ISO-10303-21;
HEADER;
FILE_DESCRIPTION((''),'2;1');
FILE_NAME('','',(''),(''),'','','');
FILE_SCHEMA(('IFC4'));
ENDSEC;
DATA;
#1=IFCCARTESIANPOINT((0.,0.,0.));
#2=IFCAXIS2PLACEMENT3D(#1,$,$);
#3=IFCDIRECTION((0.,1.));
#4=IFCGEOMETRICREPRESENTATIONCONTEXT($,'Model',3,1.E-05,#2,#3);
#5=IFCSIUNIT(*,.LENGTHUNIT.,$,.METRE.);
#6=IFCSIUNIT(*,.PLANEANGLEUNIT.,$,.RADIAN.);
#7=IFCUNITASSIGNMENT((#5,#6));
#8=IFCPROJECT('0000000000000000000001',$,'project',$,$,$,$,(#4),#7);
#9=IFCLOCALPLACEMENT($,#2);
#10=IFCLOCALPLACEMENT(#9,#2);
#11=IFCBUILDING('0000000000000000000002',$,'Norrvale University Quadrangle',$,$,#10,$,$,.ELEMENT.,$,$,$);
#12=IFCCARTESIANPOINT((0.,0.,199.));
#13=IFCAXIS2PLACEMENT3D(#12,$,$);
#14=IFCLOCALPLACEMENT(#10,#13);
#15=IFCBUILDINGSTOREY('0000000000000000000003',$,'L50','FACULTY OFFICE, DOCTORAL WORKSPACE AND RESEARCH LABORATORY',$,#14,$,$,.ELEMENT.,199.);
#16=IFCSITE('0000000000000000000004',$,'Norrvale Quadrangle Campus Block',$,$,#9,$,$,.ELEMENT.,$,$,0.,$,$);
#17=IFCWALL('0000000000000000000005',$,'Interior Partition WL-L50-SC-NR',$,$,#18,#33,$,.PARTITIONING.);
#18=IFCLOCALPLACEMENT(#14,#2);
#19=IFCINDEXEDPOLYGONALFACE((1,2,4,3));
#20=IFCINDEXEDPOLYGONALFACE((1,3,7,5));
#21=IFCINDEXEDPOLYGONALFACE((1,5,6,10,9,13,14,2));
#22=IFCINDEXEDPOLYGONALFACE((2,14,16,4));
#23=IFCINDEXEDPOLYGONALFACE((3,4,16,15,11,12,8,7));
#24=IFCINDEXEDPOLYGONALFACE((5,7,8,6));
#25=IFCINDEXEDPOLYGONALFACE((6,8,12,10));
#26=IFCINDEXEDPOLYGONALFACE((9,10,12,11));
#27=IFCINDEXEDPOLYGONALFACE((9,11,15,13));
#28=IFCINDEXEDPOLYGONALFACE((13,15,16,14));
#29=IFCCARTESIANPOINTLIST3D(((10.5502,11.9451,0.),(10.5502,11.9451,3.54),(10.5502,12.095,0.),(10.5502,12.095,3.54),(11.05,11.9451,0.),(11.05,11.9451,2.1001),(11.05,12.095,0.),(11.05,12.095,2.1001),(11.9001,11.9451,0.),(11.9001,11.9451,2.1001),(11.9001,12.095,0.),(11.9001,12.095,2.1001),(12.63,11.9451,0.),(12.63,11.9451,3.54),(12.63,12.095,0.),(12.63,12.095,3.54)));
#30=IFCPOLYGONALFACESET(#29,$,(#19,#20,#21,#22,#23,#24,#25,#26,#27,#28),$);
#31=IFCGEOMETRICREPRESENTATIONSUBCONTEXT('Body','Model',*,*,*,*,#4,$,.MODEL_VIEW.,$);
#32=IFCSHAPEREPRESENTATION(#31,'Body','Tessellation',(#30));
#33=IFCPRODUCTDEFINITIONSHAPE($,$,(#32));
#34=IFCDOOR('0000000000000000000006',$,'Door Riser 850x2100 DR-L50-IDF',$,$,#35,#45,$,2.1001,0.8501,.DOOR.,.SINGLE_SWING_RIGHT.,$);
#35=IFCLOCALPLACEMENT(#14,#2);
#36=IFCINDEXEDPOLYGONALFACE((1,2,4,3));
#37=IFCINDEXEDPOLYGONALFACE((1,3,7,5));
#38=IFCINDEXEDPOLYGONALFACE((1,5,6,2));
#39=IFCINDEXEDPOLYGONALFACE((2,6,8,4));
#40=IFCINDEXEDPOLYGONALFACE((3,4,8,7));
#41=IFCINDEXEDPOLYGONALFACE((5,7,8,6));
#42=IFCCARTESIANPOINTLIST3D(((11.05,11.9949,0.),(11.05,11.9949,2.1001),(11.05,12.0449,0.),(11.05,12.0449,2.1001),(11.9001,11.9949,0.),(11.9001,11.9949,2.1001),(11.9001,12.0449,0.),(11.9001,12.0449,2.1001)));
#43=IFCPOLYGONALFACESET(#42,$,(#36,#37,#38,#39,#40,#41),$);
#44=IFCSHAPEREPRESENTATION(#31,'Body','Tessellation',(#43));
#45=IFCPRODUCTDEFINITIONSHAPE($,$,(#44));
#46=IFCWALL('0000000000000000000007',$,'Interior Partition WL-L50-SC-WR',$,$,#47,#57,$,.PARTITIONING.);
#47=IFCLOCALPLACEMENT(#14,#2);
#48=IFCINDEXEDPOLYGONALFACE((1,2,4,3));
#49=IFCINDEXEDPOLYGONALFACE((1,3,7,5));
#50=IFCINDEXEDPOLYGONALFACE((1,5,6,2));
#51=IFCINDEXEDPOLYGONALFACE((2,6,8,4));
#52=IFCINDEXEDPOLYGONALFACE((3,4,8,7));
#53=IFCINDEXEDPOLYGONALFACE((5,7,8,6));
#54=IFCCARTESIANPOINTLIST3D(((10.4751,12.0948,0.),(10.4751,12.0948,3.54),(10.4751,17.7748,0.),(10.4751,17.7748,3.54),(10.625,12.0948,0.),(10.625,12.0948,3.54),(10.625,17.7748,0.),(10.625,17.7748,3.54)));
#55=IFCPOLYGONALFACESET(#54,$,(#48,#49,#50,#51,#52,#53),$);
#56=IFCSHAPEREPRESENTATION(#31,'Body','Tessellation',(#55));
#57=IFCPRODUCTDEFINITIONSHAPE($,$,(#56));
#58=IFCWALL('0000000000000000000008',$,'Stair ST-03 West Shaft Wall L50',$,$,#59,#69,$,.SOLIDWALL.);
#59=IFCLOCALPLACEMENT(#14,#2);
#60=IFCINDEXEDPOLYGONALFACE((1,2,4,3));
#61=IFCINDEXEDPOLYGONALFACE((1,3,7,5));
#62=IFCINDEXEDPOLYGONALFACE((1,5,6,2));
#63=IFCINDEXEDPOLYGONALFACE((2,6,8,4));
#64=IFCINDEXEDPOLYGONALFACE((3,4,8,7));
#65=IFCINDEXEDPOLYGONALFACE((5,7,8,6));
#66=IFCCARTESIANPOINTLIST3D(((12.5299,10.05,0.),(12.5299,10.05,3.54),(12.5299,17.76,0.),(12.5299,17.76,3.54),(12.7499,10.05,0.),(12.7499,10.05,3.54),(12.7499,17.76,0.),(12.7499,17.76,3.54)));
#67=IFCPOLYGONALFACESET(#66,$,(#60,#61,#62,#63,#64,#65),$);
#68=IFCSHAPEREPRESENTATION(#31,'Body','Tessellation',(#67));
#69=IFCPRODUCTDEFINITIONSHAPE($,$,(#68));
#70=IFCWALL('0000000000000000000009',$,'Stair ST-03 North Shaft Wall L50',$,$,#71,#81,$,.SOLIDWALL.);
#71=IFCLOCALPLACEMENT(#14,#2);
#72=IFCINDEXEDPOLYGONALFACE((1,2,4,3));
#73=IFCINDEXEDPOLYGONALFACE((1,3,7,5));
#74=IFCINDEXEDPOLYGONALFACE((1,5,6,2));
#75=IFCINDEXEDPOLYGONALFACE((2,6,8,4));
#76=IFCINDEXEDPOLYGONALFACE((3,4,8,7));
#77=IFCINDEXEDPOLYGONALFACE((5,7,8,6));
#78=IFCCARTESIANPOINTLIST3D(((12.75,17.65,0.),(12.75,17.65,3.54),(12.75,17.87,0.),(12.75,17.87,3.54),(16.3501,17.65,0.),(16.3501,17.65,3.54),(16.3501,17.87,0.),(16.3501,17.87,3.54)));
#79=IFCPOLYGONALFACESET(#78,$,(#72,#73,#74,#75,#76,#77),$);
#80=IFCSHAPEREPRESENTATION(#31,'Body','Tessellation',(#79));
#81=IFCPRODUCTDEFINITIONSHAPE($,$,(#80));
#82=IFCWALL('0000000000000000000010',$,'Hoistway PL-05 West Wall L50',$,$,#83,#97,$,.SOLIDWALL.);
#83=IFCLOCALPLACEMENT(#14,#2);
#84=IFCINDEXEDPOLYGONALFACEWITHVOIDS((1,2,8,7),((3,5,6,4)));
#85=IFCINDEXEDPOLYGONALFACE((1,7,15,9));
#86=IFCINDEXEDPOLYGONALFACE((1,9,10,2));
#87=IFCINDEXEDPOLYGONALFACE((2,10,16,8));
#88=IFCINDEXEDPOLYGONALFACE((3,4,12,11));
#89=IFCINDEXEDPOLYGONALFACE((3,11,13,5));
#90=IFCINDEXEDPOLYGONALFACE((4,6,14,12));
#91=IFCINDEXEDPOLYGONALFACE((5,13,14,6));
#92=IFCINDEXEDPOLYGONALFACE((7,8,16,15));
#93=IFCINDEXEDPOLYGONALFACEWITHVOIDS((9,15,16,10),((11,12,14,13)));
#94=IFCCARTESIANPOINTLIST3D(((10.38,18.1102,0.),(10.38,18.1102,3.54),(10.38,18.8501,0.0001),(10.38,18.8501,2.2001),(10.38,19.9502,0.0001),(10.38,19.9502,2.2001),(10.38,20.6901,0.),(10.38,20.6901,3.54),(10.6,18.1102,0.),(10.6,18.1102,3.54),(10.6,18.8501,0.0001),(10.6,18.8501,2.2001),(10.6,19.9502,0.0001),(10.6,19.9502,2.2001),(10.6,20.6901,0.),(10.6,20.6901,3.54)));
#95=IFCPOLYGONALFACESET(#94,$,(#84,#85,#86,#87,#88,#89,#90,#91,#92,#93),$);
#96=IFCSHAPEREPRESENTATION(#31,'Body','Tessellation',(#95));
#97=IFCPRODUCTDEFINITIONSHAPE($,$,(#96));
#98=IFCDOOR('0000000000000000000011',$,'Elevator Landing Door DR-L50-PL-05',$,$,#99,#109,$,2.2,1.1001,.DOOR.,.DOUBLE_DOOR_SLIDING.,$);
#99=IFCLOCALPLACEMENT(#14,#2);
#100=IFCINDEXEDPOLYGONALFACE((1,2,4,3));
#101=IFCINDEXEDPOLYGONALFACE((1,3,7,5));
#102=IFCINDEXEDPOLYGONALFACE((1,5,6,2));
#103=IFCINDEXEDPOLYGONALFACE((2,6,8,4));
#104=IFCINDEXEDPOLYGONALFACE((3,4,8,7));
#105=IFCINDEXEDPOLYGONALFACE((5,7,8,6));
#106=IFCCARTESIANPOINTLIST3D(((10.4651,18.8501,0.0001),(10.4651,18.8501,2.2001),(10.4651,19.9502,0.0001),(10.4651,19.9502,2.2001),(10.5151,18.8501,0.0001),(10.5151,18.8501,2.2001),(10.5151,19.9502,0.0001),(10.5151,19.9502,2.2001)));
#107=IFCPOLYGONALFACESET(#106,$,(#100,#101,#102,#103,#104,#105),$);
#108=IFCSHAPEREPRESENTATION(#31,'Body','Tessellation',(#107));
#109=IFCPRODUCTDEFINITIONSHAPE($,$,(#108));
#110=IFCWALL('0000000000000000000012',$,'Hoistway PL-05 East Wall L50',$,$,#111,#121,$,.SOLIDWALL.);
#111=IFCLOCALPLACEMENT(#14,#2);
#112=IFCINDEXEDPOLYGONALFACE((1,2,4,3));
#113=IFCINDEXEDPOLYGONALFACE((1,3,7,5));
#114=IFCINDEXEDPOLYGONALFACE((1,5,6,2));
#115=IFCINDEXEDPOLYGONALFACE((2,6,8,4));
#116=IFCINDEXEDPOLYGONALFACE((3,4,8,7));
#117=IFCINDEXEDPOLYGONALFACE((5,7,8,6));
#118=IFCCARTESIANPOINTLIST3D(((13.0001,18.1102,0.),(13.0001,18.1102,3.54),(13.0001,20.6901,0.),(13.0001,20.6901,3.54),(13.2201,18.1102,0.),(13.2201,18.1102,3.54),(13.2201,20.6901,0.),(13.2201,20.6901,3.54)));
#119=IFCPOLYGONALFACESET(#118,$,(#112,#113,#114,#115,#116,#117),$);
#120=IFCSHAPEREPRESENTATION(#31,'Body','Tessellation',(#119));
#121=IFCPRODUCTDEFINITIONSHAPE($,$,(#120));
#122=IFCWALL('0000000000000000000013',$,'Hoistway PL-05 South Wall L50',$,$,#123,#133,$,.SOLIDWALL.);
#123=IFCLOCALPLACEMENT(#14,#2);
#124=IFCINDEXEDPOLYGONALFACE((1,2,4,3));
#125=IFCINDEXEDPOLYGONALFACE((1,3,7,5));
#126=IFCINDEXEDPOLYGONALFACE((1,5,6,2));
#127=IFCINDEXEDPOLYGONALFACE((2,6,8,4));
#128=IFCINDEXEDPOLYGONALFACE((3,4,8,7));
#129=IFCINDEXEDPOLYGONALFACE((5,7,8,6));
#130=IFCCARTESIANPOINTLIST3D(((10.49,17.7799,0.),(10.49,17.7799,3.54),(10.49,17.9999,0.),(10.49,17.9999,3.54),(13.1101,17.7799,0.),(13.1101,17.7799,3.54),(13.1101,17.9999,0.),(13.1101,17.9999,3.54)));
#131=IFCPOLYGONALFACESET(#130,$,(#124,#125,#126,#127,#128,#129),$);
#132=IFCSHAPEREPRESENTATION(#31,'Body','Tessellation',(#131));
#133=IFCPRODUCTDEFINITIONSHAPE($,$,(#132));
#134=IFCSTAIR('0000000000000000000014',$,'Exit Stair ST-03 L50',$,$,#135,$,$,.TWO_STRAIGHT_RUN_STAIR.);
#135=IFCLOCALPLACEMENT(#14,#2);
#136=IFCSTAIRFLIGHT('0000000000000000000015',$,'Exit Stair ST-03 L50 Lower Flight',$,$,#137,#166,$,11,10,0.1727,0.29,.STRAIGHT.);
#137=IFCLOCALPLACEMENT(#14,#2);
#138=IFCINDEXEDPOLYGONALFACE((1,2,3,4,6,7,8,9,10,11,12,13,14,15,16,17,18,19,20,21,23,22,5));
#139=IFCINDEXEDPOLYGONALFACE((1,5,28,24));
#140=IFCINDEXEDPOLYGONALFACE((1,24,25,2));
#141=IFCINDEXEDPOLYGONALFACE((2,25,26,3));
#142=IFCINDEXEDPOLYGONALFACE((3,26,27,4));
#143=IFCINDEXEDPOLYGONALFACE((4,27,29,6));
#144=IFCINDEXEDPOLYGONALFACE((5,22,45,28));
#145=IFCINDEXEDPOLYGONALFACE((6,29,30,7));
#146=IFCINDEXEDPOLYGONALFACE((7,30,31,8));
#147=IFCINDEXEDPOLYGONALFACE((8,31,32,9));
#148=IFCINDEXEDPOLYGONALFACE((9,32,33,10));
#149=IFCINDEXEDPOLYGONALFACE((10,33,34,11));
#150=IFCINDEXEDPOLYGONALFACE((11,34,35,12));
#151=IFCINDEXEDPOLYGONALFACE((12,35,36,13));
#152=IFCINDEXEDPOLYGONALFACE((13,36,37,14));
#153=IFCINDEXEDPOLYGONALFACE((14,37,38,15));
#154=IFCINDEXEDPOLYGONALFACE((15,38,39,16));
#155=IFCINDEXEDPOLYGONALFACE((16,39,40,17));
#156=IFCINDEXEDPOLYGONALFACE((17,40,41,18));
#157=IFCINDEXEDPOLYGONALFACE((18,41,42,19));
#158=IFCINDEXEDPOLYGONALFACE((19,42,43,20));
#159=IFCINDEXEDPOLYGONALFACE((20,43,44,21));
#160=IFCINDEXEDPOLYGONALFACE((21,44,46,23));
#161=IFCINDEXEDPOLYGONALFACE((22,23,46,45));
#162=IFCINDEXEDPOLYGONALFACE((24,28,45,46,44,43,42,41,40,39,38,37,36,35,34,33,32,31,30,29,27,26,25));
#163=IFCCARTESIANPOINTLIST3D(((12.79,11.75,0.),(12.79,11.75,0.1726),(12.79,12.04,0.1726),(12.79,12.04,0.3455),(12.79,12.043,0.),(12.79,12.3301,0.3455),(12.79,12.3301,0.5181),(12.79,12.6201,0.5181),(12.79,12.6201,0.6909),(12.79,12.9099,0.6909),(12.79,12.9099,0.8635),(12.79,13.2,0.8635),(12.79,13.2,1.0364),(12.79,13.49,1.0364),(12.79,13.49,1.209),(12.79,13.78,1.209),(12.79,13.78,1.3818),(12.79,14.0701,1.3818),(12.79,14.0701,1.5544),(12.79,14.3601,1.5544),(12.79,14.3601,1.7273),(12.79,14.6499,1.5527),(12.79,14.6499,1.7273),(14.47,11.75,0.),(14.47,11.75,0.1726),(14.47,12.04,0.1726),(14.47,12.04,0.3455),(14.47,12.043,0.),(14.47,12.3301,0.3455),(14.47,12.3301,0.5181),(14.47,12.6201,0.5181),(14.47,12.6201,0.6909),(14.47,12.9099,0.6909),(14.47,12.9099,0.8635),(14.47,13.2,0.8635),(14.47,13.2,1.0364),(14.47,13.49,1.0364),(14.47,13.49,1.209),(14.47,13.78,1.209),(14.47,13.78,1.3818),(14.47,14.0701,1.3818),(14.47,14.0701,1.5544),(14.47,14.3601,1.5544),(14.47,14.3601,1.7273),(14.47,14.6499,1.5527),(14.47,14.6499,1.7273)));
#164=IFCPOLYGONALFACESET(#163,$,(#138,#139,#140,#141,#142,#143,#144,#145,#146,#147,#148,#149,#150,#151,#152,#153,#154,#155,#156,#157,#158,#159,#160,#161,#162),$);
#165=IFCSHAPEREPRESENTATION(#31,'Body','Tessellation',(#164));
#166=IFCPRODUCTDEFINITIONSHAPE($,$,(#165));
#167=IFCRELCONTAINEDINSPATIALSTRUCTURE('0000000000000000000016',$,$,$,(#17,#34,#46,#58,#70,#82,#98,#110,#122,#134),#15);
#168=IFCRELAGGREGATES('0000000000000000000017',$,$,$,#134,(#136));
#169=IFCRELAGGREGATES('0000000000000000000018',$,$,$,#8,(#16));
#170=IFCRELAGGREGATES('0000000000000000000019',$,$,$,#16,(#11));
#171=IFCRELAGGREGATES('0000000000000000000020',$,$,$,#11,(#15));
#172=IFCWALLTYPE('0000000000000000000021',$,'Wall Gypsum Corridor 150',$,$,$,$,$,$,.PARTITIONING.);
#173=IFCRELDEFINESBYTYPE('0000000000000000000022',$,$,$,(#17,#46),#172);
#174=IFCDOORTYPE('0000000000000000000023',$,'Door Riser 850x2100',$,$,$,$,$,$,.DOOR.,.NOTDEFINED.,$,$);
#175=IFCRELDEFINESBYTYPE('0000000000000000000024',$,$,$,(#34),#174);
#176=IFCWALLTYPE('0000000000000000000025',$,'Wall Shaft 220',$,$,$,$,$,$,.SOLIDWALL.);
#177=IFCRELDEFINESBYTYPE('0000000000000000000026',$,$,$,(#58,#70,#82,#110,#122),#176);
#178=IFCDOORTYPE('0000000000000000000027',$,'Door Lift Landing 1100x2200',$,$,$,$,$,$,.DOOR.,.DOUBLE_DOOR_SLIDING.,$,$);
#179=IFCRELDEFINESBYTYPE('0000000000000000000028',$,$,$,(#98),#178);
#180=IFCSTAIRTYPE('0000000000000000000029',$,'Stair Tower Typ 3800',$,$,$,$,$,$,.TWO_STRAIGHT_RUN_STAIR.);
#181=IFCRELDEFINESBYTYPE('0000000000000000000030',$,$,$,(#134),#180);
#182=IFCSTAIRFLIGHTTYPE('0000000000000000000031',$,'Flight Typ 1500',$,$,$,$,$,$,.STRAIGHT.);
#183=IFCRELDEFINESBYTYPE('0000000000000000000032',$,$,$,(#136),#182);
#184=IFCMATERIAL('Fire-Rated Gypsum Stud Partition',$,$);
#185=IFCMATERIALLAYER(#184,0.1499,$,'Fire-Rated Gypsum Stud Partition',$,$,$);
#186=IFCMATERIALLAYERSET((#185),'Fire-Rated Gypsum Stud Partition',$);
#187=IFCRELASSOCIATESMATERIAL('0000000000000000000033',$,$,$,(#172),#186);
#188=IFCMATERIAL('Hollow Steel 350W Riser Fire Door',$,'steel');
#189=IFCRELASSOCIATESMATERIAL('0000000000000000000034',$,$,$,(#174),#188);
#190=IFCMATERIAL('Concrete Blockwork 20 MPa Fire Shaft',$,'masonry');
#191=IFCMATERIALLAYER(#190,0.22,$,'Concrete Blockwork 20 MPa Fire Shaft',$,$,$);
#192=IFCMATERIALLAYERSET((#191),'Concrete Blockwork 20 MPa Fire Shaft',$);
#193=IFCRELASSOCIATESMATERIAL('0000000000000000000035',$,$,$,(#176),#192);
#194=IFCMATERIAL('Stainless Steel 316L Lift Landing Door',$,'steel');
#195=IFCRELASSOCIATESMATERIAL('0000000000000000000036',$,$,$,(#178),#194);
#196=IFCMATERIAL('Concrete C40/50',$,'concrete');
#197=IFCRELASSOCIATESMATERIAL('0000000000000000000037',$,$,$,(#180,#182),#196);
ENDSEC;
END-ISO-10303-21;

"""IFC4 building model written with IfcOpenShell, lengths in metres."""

from ifc_helpers import new_model, si_unit, direction, frame, frame_2d, origin, place, context, subcontext, project, spatial, polyline, rectangle, outline, extrude, material, layer, layer_set, type_object, element, fill, aggregate, save


model = new_model("IFC4")

# Units and contexts
model_context = context("Model", 3, precision=1e-05, world=origin(), true_north=direction((0.0, 1.0)))
body_context = subcontext(model_context, "Body", "Model", "MODEL_VIEW")
ifc_project = project(units=[si_unit("LENGTHUNIT", "METRE"), si_unit("PLANEANGLEUNIT", "RADIAN")], contexts=[model_context])

# Site, building, storey
site_placement = place(None, origin())
site = spatial("IfcSite", under=ifc_project, at=site_placement, Name="Norrvale Quadrangle Campus Block", CompositionType="ELEMENT", RefElevation=0.0)
building_placement = place(site_placement, origin())
building = spatial("IfcBuilding", under=site, at=building_placement, Name="Norrvale University Quadrangle", CompositionType="ELEMENT")
storey_placement = place(building_placement, frame((0.0, 0.0, 199.0)))
storey = spatial("IfcBuildingStorey", under=building, at=storey_placement, Name="L50", Description="FACULTY OFFICE, DOCTORAL WORKSPACE AND RESEARCH LABORATORY", CompositionType="ELEMENT", Elevation=199.0)

# Wall, opening, door
ifc_material_1 = material(Name="Fire-Rated Gypsum Stud Partition")
ifc_layer_1 = layer(ifc_material_1, 0.1499, Name="Fire-Rated Gypsum Stud Partition")
ifc_layer_set_1 = layer_set([ifc_layer_1], Name="Fire-Rated Gypsum Stud Partition")
wall_type_1 = type_object("IfcWallType", Name="Wall Gypsum Corridor 150", PredefinedType="PARTITIONING", material=ifc_layer_set_1)
wall_1_placement = place(storey_placement, frame((10.55, 12.02, 0.0), z_axis=(0.0, 0.0, 1.0), x_axis=(1.0, 0.0, 0.0)))
wall_1 = element("IfcWall", 1, at=wall_1_placement, inside=storey, type_object=wall_type_1, Name="Interior Partition WL-L50-SC-NR", PredefinedType="PARTITIONING", context=body_context, shape_type="SweptSolid", body=[
    extrude(rectangle(XDim=2.0798, YDim=0.1499, at=frame_2d((1.04, 0.0))), origin(), (0.0, 0.0, 1.0), 3.54),
])
opening_1_placement = place(wall_1_placement, frame((0.5, 0.0, 0.0)))
opening_1 = element("IfcOpeningElement", 2, at=opening_1_placement, cuts=wall_1, PredefinedType="OPENING", context=body_context, shape_type="SweptSolid", body=[
    extrude(rectangle(XDim=0.8501, YDim=2.1001, at=frame_2d((0.425, 1.05))), frame((0.0, 0.0869, 0.0), z_axis=(0.0, -1.0, 0.0), x_axis=(1.0, 0.0, 0.0)), (0.0, 0.0, 1.0), 0.1738),
])
ifc_material_2 = material(Name="Hollow Steel 350W Riser Fire Door", Category="steel")
door_type_1 = type_object("IfcDoorType", Name="Door Riser 850x2100", OperationType="NOTDEFINED", PredefinedType="DOOR", material=ifc_material_2)
door_1_placement = place(opening_1_placement, origin())
door_1 = element("IfcDoor", 3, at=door_1_placement, inside=storey, type_object=door_type_1, Name="Door Riser 850x2100 DR-L50-IDF", OperationType="SINGLE_SWING_RIGHT", OverallHeight=2.1001, OverallWidth=0.8501, PredefinedType="DOOR", context=body_context, shape_type="SweptSolid", body=[
    extrude(rectangle(XDim=0.8501, YDim=2.1001, at=frame_2d((0.425, 1.05))), frame((0.0, 0.0249, 0.0), z_axis=(0.0, -1.0, 0.0), x_axis=(1.0, 0.0, 0.0)), (0.0, 0.0, 1.0), 0.05),
])
fill(opening_1, door_1)

# Walls
wall_2_placement = place(storey_placement, frame((10.55, 12.095, 0.0), z_axis=(0.0, 0.0, 1.0), x_axis=(0.0, 1.0, 0.0)))
element("IfcWall", 4, at=wall_2_placement, inside=storey, type_object=wall_type_1, Name="Interior Partition WL-L50-SC-WR", PredefinedType="PARTITIONING", context=body_context, shape_type="SweptSolid", body=[
    extrude(rectangle(XDim=5.6799, YDim=0.1499, at=frame_2d((2.8398, 0.0))), origin(), (0.0, 0.0, 1.0), 3.54),
])
ifc_material_3 = material(Name="Concrete Blockwork 20 MPa Fire Shaft", Category="masonry")
ifc_layer_2 = layer(ifc_material_3, 0.22, Name="Concrete Blockwork 20 MPa Fire Shaft")
ifc_layer_set_2 = layer_set([ifc_layer_2], Name="Concrete Blockwork 20 MPa Fire Shaft")
wall_type_2 = type_object("IfcWallType", Name="Wall Shaft 220", PredefinedType="SOLIDWALL", material=ifc_layer_set_2)
wall_3_placement = place(storey_placement, frame((12.6399, 10.05, 0.0), z_axis=(0.0, 0.0, 1.0), x_axis=(0.0, 1.0, 0.0)))
element("IfcWall", 5, at=wall_3_placement, inside=storey, type_object=wall_type_2, Name="Stair ST-03 West Shaft Wall L50", PredefinedType="SOLIDWALL", context=body_context, shape_type="SweptSolid", body=[
    extrude(rectangle(XDim=7.71, YDim=0.22, at=frame_2d((3.855, 0.0))), origin(), (0.0, 0.0, 1.0), 3.54),
])
wall_4_placement = place(storey_placement, frame((12.75, 17.76, 0.0), z_axis=(0.0, 0.0, 1.0), x_axis=(1.0, 0.0, 0.0)))
element("IfcWall", 6, at=wall_4_placement, inside=storey, type_object=wall_type_2, Name="Stair ST-03 North Shaft Wall L50", PredefinedType="SOLIDWALL", context=body_context, shape_type="SweptSolid", body=[
    extrude(rectangle(XDim=3.6001, YDim=0.22, at=frame_2d((1.8, 0.0))), origin(), (0.0, 0.0, 1.0), 3.54),
])

# Wall, opening, door
wall_5_placement = place(storey_placement, frame((10.49, 18.1101, 0.0), z_axis=(0.0, 0.0, 1.0), x_axis=(0.0, 1.0, 0.0)))
wall_5 = element("IfcWall", 7, at=wall_5_placement, inside=storey, type_object=wall_type_2, Name="Hoistway PL-05 West Wall L50", PredefinedType="SOLIDWALL", context=body_context, shape_type="SweptSolid", body=[
    extrude(rectangle(XDim=2.5798, YDim=0.22, at=frame_2d((1.29, 0.0))), origin(), (0.0, 0.0, 1.0), 3.54),
])
opening_2_placement = place(wall_5_placement, frame((0.74, 0.0, 0.0)))
opening_2 = element("IfcOpeningElement", 8, at=opening_2_placement, cuts=wall_5, PredefinedType="OPENING", context=body_context, shape_type="SweptSolid", body=[
    extrude(rectangle(XDim=1.1001, YDim=2.2, at=frame_2d((0.55, 1.1001))), frame((0.0, 0.1221, 0.0), z_axis=(0.0, -1.0, 0.0), x_axis=(1.0, 0.0, 0.0)), (0.0, 0.0, 1.0), 0.2439),
])
ifc_material_4 = material(Name="Stainless Steel 316L Lift Landing Door", Category="steel")
door_type_2 = type_object("IfcDoorType", Name="Door Lift Landing 1100x2200", OperationType="DOUBLE_DOOR_SLIDING", PredefinedType="DOOR", material=ifc_material_4)
door_2_placement = place(opening_2_placement, origin())
door_2 = element("IfcDoor", 9, at=door_2_placement, inside=storey, type_object=door_type_2, Name="Elevator Landing Door DR-L50-PL-05", OperationType="DOUBLE_DOOR_SLIDING", OverallHeight=2.2, OverallWidth=1.1001, PredefinedType="DOOR", context=body_context, shape_type="SweptSolid", body=[
    extrude(rectangle(XDim=1.1001, YDim=2.2, at=frame_2d((0.55, 1.1001))), frame((0.0, 0.0249, 0.0), z_axis=(0.0, -1.0, 0.0), x_axis=(1.0, 0.0, 0.0)), (0.0, 0.0, 1.0), 0.05),
])
fill(opening_2, door_2)

# Walls
wall_6_placement = place(storey_placement, frame((13.1101, 18.1101, 0.0), z_axis=(0.0, 0.0, 1.0), x_axis=(0.0, 1.0, 0.0)))
element("IfcWall", 10, at=wall_6_placement, inside=storey, type_object=wall_type_2, Name="Hoistway PL-05 East Wall L50", PredefinedType="SOLIDWALL", context=body_context, shape_type="SweptSolid", body=[
    extrude(rectangle(XDim=2.5798, YDim=0.22, at=frame_2d((1.29, 0.0))), origin(), (0.0, 0.0, 1.0), 3.54),
])
wall_7_placement = place(storey_placement, frame((10.49, 17.8899, 0.0), z_axis=(0.0, 0.0, 1.0), x_axis=(1.0, 0.0, 0.0)))
element("IfcWall", 11, at=wall_7_placement, inside=storey, type_object=wall_type_2, Name="Hoistway PL-05 South Wall L50", PredefinedType="SOLIDWALL", context=body_context, shape_type="SweptSolid", body=[
    extrude(rectangle(XDim=2.6201, YDim=0.22, at=frame_2d((1.3101, 0.0))), origin(), (0.0, 0.0, 1.0), 3.54),
])

# Stair, stair flight
ifc_material_5 = material(Name="Concrete C40/50", Category="concrete")
stair_type = type_object("IfcStairType", Name="Stair Tower Typ 3800", PredefinedType="TWO_STRAIGHT_RUN_STAIR", material=ifc_material_5)
stair_placement = place(storey_placement, origin())
stair = element("IfcStair", 12, at=stair_placement, inside=storey, type_object=stair_type, Name="Exit Stair ST-03 L50", PredefinedType="TWO_STRAIGHT_RUN_STAIR")
stair_flight_type = type_object("IfcStairFlightType", Name="Flight Typ 1500", PredefinedType="STRAIGHT", material=ifc_material_5)
stair_flight_1_placement = place(storey_placement, frame((13.6299, 11.75, 0.0), z_axis=(0.0, 0.0, 1.0), x_axis=(0.0, 1.0, 0.0)))
stair_flight_1 = element("IfcStairFlight", 13, at=stair_flight_1_placement, type_object=stair_flight_type, Name="Exit Stair ST-03 L50 Lower Flight", NumberOfRisers=11, NumberOfTreads=10, PredefinedType="STRAIGHT", RiserHeight=0.1727, TreadLength=0.29, context=body_context, shape_type="SweptSolid", body=[
    extrude(outline(polyline([(0.0, 0.0), (0.0, 0.1726), (0.29, 0.1726), (0.29, 0.3455), (0.5801, 0.3455), (0.5801, 0.5181), (0.8701, 0.5181), (0.8701, 0.6909), (1.1599, 0.6909), (1.1599, 0.8635), (1.45, 0.8635), (1.45, 1.0364), (1.74, 1.0364), (1.74, 1.209), (2.03, 1.209), (2.03, 1.3818), (2.3201, 1.3818), (2.3201, 1.5544), (2.6101, 1.5544), (2.6101, 1.7273), (2.8999, 1.7273), (2.8999, 1.8999), (2.8999, 1.5527), (0.293, 0.0), (0.0, 0.0)])), frame((0.0, 0.8398, 0.0), z_axis=(0.0, -1.0, 0.0), x_axis=(1.0, 0.0, 0.0)), (0.0, 0.0, 1.0), 1.6799),
])
aggregate(stair, [stair_flight_1])

save(model, "model.ifc")
